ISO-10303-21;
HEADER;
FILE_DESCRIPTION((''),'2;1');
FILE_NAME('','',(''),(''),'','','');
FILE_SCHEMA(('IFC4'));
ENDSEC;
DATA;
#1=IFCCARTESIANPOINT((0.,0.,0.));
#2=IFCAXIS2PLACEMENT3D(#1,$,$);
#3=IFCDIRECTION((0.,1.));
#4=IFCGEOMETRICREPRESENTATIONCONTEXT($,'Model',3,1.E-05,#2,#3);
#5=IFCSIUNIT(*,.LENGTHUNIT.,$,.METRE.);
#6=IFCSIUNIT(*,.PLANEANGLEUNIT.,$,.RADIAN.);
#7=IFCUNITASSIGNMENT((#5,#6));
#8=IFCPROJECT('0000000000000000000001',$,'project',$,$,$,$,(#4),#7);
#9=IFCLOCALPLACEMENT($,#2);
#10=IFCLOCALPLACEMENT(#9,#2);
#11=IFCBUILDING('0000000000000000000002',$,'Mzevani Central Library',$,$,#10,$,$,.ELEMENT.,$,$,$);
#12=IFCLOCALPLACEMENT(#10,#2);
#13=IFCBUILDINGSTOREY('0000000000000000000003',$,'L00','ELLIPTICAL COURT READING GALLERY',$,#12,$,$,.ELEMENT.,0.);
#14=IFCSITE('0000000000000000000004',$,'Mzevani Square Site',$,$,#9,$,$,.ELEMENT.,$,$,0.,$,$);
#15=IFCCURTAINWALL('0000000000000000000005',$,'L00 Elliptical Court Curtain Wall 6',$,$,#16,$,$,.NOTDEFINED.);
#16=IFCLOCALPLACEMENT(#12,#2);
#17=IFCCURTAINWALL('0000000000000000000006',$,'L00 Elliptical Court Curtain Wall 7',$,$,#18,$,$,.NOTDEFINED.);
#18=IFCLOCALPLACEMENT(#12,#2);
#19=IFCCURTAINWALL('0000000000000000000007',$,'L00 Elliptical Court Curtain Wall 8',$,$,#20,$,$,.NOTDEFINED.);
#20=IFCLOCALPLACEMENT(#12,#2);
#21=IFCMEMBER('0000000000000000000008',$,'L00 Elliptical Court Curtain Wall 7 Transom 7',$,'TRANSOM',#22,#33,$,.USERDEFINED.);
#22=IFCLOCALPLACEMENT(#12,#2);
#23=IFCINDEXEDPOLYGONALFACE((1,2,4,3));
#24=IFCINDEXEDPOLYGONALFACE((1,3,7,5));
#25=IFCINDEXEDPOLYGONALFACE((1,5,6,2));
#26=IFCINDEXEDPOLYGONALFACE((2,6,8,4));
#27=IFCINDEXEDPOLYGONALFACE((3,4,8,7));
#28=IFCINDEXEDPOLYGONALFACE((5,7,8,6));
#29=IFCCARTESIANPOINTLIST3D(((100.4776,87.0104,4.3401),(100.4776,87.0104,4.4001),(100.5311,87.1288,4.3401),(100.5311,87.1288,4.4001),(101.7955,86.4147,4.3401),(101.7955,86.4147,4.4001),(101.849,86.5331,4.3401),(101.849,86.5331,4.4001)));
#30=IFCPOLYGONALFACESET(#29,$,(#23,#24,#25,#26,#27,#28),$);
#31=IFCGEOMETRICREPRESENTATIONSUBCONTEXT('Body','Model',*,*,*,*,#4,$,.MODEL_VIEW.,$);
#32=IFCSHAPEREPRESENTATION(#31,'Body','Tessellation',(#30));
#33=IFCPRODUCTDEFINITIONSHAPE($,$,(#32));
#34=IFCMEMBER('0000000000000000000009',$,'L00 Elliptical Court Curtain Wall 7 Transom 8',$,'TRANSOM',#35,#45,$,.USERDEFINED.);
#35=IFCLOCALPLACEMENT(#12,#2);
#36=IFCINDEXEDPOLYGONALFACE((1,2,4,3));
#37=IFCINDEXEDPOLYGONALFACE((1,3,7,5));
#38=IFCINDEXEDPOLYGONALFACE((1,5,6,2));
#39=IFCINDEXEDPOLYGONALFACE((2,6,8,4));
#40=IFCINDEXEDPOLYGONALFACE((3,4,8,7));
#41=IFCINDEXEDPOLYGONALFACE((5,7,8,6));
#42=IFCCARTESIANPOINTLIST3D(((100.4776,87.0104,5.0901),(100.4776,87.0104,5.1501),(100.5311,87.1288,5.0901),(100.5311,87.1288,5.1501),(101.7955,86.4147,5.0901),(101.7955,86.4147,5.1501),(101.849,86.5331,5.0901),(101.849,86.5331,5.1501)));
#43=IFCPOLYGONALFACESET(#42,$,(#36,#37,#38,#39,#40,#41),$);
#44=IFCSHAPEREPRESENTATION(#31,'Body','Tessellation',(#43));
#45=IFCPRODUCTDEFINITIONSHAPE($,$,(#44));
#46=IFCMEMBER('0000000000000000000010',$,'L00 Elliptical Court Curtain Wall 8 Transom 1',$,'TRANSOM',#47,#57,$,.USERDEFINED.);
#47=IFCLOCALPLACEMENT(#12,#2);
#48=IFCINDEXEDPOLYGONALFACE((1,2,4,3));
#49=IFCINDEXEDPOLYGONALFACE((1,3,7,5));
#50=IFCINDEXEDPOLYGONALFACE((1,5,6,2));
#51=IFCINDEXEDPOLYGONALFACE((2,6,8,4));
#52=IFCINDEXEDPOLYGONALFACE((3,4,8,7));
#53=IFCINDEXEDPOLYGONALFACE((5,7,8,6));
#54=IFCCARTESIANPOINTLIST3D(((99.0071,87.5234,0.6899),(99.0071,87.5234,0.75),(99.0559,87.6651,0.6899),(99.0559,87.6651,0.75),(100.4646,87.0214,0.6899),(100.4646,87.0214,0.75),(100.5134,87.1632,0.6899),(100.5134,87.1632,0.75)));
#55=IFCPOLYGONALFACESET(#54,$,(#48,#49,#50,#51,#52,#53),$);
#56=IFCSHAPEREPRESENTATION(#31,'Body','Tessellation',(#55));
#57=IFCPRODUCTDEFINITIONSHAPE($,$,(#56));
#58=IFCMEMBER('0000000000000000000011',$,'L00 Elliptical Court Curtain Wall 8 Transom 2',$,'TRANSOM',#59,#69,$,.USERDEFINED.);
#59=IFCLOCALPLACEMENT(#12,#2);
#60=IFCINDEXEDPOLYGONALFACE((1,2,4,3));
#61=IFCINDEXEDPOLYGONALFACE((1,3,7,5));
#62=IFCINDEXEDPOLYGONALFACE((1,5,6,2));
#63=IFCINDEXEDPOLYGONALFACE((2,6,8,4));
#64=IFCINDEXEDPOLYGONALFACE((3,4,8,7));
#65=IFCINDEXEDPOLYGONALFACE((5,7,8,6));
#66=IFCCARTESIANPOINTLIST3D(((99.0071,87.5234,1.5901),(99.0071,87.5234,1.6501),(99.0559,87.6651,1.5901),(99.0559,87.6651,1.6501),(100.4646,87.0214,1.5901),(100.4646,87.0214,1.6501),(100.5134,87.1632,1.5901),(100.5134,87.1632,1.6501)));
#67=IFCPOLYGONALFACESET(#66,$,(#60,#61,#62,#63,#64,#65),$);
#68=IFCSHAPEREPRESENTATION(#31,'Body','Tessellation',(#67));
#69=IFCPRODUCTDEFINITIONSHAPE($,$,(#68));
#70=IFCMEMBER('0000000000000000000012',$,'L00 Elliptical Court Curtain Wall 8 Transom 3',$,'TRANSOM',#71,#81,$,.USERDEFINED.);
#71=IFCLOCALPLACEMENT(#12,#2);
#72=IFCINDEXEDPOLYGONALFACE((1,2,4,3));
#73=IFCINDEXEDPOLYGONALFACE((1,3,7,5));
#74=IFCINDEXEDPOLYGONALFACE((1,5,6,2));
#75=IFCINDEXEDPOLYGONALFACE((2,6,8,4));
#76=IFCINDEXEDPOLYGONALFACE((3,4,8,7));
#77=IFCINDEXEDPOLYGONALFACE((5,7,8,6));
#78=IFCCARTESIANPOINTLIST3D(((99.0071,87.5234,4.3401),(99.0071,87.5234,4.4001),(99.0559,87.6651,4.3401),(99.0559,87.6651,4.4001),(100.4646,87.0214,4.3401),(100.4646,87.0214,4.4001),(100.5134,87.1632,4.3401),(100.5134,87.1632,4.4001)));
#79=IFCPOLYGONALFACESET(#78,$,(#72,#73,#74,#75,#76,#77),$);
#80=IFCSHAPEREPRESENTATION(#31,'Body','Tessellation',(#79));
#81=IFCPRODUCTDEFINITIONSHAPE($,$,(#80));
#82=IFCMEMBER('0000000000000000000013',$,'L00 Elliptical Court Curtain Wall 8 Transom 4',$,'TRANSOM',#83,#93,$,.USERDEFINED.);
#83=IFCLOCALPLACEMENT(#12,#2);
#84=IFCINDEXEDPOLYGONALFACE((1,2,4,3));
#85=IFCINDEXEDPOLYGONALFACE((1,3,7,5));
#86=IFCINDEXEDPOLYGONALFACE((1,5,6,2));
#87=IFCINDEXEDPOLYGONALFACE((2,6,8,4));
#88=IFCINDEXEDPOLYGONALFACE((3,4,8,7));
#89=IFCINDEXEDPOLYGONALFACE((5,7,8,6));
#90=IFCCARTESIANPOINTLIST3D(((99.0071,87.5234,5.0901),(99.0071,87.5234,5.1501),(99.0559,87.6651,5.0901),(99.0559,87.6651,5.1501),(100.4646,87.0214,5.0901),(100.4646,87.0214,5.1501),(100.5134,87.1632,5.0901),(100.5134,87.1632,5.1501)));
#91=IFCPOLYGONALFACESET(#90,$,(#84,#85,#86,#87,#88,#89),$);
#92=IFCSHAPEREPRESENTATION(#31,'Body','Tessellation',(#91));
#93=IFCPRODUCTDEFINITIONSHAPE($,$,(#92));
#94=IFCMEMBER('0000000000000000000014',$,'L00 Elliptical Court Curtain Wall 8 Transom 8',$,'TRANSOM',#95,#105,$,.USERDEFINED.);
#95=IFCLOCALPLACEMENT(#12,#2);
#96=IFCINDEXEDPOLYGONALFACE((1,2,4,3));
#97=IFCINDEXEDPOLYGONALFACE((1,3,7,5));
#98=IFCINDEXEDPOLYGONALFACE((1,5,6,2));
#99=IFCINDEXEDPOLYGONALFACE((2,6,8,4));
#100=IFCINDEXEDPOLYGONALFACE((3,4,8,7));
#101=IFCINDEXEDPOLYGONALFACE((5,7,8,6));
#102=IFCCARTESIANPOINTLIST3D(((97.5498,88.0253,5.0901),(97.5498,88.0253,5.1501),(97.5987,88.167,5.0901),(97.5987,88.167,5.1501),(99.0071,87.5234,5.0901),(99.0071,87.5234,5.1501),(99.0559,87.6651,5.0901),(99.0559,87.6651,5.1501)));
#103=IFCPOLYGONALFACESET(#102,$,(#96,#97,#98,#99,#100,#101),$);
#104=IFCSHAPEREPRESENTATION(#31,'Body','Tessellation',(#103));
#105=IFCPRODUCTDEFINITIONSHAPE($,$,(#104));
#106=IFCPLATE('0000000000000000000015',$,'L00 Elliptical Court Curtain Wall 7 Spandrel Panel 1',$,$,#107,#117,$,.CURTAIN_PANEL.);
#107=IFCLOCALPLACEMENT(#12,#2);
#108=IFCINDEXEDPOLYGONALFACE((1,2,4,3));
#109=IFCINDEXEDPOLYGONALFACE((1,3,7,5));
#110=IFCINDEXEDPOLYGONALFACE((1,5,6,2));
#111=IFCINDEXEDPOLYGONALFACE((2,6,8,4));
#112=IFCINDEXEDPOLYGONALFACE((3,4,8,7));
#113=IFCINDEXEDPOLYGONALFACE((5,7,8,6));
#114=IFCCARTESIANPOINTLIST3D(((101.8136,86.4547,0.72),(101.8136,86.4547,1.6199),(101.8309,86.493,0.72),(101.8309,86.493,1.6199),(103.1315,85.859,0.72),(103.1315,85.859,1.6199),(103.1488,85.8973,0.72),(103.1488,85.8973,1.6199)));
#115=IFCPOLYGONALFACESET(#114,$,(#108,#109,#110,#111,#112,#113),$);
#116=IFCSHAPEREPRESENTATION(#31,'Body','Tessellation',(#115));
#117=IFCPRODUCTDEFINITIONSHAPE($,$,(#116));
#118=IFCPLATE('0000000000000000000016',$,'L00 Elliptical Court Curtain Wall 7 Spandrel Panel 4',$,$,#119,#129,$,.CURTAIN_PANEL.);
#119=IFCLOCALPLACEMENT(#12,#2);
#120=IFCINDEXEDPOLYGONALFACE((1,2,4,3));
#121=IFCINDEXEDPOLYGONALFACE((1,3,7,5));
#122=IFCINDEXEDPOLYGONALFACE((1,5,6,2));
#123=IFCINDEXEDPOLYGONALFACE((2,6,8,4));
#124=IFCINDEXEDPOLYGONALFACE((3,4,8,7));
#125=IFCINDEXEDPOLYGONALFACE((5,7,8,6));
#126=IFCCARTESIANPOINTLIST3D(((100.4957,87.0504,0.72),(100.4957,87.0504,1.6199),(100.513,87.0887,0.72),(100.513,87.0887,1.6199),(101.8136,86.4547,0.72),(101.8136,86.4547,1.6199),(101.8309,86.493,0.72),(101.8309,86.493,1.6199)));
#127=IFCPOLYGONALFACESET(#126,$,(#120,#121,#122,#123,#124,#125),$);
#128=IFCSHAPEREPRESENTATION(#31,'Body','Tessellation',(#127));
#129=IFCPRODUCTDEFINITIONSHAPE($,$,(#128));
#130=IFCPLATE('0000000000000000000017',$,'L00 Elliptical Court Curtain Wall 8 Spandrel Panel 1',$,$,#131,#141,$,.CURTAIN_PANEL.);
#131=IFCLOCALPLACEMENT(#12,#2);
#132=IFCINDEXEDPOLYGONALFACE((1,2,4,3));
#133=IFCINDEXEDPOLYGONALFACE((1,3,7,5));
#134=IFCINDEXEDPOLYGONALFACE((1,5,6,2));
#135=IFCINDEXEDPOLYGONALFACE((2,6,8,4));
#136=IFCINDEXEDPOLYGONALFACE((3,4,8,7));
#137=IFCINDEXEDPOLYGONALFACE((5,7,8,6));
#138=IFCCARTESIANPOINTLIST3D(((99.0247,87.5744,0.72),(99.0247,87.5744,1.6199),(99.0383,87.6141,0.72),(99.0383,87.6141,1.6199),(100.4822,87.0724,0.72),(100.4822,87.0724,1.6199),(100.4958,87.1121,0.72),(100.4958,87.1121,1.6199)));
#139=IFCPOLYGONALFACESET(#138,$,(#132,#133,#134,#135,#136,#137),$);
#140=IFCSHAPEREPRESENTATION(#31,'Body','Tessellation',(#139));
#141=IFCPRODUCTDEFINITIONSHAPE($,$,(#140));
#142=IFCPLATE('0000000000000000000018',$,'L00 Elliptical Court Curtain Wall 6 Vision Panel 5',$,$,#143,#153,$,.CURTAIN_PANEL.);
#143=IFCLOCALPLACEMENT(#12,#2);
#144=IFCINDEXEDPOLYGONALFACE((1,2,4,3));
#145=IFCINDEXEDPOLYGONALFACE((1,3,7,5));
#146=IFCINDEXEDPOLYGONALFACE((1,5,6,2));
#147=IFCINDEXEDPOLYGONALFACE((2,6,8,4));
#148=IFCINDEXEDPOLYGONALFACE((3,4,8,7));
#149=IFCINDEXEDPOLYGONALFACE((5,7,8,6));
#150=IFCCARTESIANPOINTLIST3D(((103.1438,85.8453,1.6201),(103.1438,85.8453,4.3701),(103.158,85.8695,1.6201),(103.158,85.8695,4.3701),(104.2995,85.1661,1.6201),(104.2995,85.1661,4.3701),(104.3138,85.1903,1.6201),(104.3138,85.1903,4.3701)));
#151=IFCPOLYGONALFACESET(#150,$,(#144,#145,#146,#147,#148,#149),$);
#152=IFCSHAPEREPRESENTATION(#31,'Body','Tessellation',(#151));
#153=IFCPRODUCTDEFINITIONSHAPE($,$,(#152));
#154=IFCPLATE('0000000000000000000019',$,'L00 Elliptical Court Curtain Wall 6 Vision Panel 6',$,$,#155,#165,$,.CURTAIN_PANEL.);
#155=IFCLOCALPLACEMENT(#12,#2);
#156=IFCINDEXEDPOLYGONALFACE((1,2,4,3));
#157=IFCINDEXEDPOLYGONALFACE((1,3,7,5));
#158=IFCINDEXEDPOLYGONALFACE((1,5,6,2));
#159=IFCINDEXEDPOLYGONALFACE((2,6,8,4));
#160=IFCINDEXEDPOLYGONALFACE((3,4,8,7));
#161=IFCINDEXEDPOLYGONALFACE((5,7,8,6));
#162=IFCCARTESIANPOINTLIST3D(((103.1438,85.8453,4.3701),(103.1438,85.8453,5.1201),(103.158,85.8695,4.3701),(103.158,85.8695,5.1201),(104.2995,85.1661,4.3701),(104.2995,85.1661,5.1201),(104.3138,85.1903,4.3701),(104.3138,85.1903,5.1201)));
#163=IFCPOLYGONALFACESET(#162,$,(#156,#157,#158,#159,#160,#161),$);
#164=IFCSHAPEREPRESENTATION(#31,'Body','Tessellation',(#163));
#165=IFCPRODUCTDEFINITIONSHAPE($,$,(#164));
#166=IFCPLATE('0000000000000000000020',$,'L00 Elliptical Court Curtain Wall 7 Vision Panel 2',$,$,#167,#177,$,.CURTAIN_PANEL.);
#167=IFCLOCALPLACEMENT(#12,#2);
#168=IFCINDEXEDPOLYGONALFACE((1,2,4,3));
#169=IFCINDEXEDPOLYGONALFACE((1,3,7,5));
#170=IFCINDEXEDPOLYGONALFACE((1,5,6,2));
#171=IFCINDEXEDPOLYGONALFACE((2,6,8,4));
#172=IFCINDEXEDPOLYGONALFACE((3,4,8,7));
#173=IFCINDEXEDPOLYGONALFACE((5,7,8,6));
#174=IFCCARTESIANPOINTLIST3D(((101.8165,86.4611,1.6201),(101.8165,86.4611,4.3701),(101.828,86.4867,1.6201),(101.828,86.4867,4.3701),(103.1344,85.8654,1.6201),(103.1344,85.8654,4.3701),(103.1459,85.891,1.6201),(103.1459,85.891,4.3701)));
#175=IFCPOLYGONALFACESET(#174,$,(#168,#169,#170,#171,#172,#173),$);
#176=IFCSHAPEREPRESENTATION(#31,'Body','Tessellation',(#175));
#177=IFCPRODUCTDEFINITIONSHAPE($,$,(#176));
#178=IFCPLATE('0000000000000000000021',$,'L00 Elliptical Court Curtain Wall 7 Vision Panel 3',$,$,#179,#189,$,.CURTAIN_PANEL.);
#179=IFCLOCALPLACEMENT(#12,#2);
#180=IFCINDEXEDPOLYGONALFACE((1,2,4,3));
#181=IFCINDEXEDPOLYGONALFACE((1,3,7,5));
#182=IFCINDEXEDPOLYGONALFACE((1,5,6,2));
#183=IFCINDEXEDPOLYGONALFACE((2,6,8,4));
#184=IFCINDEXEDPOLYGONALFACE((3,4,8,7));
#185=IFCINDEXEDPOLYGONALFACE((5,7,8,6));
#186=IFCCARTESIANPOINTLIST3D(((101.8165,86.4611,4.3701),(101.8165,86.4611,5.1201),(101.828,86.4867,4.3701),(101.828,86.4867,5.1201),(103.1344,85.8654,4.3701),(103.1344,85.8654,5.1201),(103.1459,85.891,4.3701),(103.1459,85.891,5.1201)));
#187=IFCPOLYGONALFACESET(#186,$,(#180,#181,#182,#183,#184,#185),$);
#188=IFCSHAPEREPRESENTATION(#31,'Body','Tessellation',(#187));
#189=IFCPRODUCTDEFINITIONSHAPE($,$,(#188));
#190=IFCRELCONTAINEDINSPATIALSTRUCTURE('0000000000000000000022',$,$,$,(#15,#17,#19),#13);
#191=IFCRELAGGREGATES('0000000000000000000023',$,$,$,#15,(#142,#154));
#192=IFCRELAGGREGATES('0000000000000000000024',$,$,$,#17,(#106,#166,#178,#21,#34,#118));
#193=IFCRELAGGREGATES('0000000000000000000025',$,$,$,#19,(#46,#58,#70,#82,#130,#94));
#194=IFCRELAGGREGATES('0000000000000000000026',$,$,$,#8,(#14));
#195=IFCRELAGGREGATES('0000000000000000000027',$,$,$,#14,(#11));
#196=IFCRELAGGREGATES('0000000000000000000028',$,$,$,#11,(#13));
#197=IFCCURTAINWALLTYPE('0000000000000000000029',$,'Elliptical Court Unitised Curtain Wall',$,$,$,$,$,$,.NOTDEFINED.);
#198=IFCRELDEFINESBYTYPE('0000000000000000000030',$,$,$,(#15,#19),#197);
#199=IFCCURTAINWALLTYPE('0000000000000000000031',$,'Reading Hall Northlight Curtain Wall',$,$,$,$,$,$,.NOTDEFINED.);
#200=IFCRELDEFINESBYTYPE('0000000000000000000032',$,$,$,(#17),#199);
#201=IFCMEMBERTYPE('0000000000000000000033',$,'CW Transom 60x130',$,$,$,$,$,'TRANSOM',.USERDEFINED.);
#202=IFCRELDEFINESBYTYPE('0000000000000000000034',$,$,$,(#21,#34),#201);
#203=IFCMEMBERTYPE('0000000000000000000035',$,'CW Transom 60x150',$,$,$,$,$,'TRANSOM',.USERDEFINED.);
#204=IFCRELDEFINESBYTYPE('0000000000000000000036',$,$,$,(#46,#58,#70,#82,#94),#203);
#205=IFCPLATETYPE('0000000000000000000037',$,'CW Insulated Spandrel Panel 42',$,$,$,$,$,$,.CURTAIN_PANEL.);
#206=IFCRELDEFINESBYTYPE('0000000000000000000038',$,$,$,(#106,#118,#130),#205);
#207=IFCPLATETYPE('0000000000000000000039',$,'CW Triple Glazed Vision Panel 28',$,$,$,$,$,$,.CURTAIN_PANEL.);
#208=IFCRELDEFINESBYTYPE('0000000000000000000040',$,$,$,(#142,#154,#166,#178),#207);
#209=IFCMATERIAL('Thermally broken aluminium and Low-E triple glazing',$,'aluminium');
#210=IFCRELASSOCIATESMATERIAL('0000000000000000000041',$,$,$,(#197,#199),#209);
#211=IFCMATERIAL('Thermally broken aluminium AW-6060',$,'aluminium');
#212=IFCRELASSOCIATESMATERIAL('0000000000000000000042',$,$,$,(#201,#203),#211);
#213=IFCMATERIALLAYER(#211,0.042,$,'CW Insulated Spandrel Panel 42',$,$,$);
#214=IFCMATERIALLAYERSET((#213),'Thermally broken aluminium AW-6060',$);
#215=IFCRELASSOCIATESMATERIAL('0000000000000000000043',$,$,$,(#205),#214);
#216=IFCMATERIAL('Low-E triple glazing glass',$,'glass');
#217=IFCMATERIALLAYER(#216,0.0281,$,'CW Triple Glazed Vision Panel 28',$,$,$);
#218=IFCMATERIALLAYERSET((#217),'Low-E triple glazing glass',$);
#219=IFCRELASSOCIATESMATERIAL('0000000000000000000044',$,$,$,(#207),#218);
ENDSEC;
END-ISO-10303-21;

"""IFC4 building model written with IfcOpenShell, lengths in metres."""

from ifc_helpers import new_model, si_unit, direction, frame, origin, origin_2d, place, context, subcontext, project, spatial, rectangle, extrude, material, layer, layer_set, material_profile, profile_set, type_object, element, aggregate, save


model = new_model("IFC4")

# Units and contexts
model_context = context("Model", 3, precision=1e-05, world=origin(), true_north=direction((0.0, 1.0)))
body_context = subcontext(model_context, "Body", "Model", "MODEL_VIEW")
ifc_project = project(units=[si_unit("LENGTHUNIT", "METRE"), si_unit("PLANEANGLEUNIT", "RADIAN")], contexts=[model_context])

# Site, building, storey
site_placement = place(None, origin())
site = spatial("IfcSite", under=ifc_project, at=site_placement, Name="Mzevani Square Site", CompositionType="ELEMENT", RefElevation=0.0)
building_placement = place(site_placement, origin())
building = spatial("IfcBuilding", under=site, at=building_placement, Name="Mzevani Central Library", CompositionType="ELEMENT")
storey_placement = place(building_placement, origin())
storey = spatial("IfcBuildingStorey", under=building, at=storey_placement, Name="L00", Description="ELLIPTICAL COURT READING GALLERY", CompositionType="ELEMENT", Elevation=0.0)

# Curtain wall
ifc_material_1 = material(Name="Thermally broken aluminium and Low-E triple glazing", Category="aluminium")
curtain_wall_type_1 = type_object("IfcCurtainWallType", Name="Elliptical Court Unitised Curtain Wall", PredefinedType="NOTDEFINED", material=ifc_material_1)
curtain_wall_1_placement = place(storey_placement, origin())
curtain_wall_1 = element("IfcCurtainWall", 1, at=curtain_wall_1_placement, inside=storey, type_object=curtain_wall_type_1, Name="L00 Elliptical Court Curtain Wall 6", PredefinedType="NOTDEFINED")
ifc_material_2 = material(Name="Thermally broken aluminium AW-6060", Category="aluminium")

# Curtain wall
curtain_wall_type_2 = type_object("IfcCurtainWallType", Name="Reading Hall Northlight Curtain Wall", PredefinedType="NOTDEFINED", material=ifc_material_1)
curtain_wall_2_placement = place(storey_placement, origin())
curtain_wall_2 = element("IfcCurtainWall", 2, at=curtain_wall_2_placement, inside=storey, type_object=curtain_wall_type_2, Name="L00 Elliptical Court Curtain Wall 7", PredefinedType="NOTDEFINED")

# Curtain wall
curtain_wall_3_placement = place(storey_placement, origin())
curtain_wall_3 = element("IfcCurtainWall", 3, at=curtain_wall_3_placement, inside=storey, type_object=curtain_wall_type_1, Name="L00 Elliptical Court Curtain Wall 8", PredefinedType="NOTDEFINED")

# Members
ifc_material_profile_1 = material_profile(ifc_material_2, rectangle(XDim=0.1299, YDim=0.0601, at=origin_2d()), Name="ALU T60x130")
ifc_profile_set_1 = profile_set([ifc_material_profile_1], Name="Thermally broken aluminium AW-6060")
member_type_1 = type_object("IfcMemberType", Name="CW Transom 60x130", ElementType="TRANSOM", PredefinedType="USERDEFINED", material=ifc_profile_set_1)
member_1_placement = place(storey_placement, frame((101.8223, 86.4739, 4.3701), z_axis=(-0.911232, 0.411894, 0.0), x_axis=(-0.411894, -0.911232, 0.0)))
member_1 = element("IfcMember", 4, at=member_1_placement, type_object=member_type_1, Name="L00 Elliptical Court Curtain Wall 7 Transom 7", ObjectType="TRANSOM", PredefinedType="USERDEFINED", context=body_context, shape_type="SweptSolid", body=[
    extrude(rectangle(XDim=0.1299, YDim=0.0601, at=origin_2d()), origin(), (0.0, 0.0, 1.0), 1.4463),
])
member_2_placement = place(storey_placement, frame((101.8223, 86.4739, 5.1201), z_axis=(-0.911232, 0.411894, 0.0), x_axis=(-0.411894, -0.911232, 0.0)))
member_2 = element("IfcMember", 5, at=member_2_placement, type_object=member_type_1, Name="L00 Elliptical Court Curtain Wall 7 Transom 8", ObjectType="TRANSOM", PredefinedType="USERDEFINED", context=body_context, shape_type="SweptSolid", body=[
    extrude(rectangle(XDim=0.1299, YDim=0.0601, at=origin_2d()), origin(), (0.0, 0.0, 1.0), 1.4463),
])
ifc_material_profile_2 = material_profile(ifc_material_2, rectangle(XDim=0.1499, YDim=0.0601, at=origin_2d()), Name="ALU T60x150")
ifc_profile_set_2 = profile_set([ifc_material_profile_2], Name="Thermally broken aluminium AW-6060")
member_type_2 = type_object("IfcMemberType", Name="CW Transom 60x150", ElementType="TRANSOM", PredefinedType="USERDEFINED", material=ifc_profile_set_2)
member_3_placement = place(storey_placement, frame((100.489, 87.0923, 0.72), z_axis=(-0.945501, 0.32562, 0.0), x_axis=(-0.32562, -0.945501, 0.0)))
member_3 = element("IfcMember", 6, at=member_3_placement, type_object=member_type_2, Name="L00 Elliptical Court Curtain Wall 8 Transom 1", ObjectType="TRANSOM", PredefinedType="USERDEFINED", context=body_context, shape_type="SweptSolid", body=[
    extrude(rectangle(XDim=0.1499, YDim=0.0601, at=origin_2d()), origin(), (0.0, 0.0, 1.0), 1.5415),
])
member_4_placement = place(storey_placement, frame((100.489, 87.0923, 1.6201), z_axis=(-0.945501, 0.32562, 0.0), x_axis=(-0.32562, -0.945501, 0.0)))
member_4 = element("IfcMember", 7, at=member_4_placement, type_object=member_type_2, Name="L00 Elliptical Court Curtain Wall 8 Transom 2", ObjectType="TRANSOM", PredefinedType="USERDEFINED", context=body_context, shape_type="SweptSolid", body=[
    extrude(rectangle(XDim=0.1499, YDim=0.0601, at=origin_2d()), origin(), (0.0, 0.0, 1.0), 1.5415),
])
member_5_placement = place(storey_placement, frame((100.489, 87.0923, 4.3701), z_axis=(-0.945501, 0.32562, 0.0), x_axis=(-0.32562, -0.945501, 0.0)))
member_5 = element("IfcMember", 8, at=member_5_placement, type_object=member_type_2, Name="L00 Elliptical Court Curtain Wall 8 Transom 3", ObjectType="TRANSOM", PredefinedType="USERDEFINED", context=body_context, shape_type="SweptSolid", body=[
    extrude(rectangle(XDim=0.1499, YDim=0.0601, at=origin_2d()), origin(), (0.0, 0.0, 1.0), 1.5415),
])
member_6_placement = place(storey_placement, frame((100.489, 87.0923, 5.1201), z_axis=(-0.945501, 0.32562, 0.0), x_axis=(-0.32562, -0.945501, 0.0)))
member_6 = element("IfcMember", 9, at=member_6_placement, type_object=member_type_2, Name="L00 Elliptical Court Curtain Wall 8 Transom 4", ObjectType="TRANSOM", PredefinedType="USERDEFINED", context=body_context, shape_type="SweptSolid", body=[
    extrude(rectangle(XDim=0.1499, YDim=0.0601, at=origin_2d()), origin(), (0.0, 0.0, 1.0), 1.5415),
])
member_7_placement = place(storey_placement, frame((99.0315, 87.5942, 5.1201), z_axis=(-0.945484, 0.325668, 0.0), x_axis=(-0.325668, -0.945484, 0.0)))
member_7 = element("IfcMember", 10, at=member_7_placement, type_object=member_type_2, Name="L00 Elliptical Court Curtain Wall 8 Transom 8", ObjectType="TRANSOM", PredefinedType="USERDEFINED", context=body_context, shape_type="SweptSolid", body=[
    extrude(rectangle(XDim=0.1499, YDim=0.0601, at=origin_2d()), origin(), (0.0, 0.0, 1.0), 1.5413),
])

# Plates
ifc_layer_1 = layer(ifc_material_2, 0.042, Name="CW Insulated Spandrel Panel 42")
ifc_layer_set_1 = layer_set([ifc_layer_1], Name="Thermally broken aluminium AW-6060")
plate_type_1 = type_object("IfcPlateType", Name="CW Insulated Spandrel Panel 42", PredefinedType="CURTAIN_PANEL", material=ifc_layer_set_1)
plate_1_placement = place(storey_placement, frame((102.4812, 86.176, 0.72), z_axis=(0.0, 0.0, 1.0), x_axis=(-0.911237, 0.411882, 0.0)))
plate_1 = element("IfcPlate", 11, at=plate_1_placement, type_object=plate_type_1, Name="L00 Elliptical Court Curtain Wall 7 Spandrel Panel 1", PredefinedType="CURTAIN_PANEL", context=body_context, shape_type="SweptSolid", body=[
    extrude(rectangle(XDim=1.4463, YDim=0.042, at=origin_2d()), origin(), (0.0, 0.0, 1.0), 0.8999),
])
plate_2_placement = place(storey_placement, frame((101.1633, 86.7717, 0.72), z_axis=(0.0, 0.0, 1.0), x_axis=(-0.911237, 0.411882, 0.0)))
plate_2 = element("IfcPlate", 12, at=plate_2_placement, type_object=plate_type_1, Name="L00 Elliptical Court Curtain Wall 7 Spandrel Panel 4", PredefinedType="CURTAIN_PANEL", context=body_context, shape_type="SweptSolid", body=[
    extrude(rectangle(XDim=1.4463, YDim=0.042, at=origin_2d()), origin(), (0.0, 0.0, 1.0), 0.8999),
])
plate_3_placement = place(storey_placement, frame((99.7603, 87.3433, 0.72), z_axis=(0.0, 0.0, 1.0), x_axis=(-0.945503, 0.325613, 0.0)))
plate_3 = element("IfcPlate", 13, at=plate_3_placement, type_object=plate_type_1, Name="L00 Elliptical Court Curtain Wall 8 Spandrel Panel 1", PredefinedType="CURTAIN_PANEL", context=body_context, shape_type="SweptSolid", body=[
    extrude(rectangle(XDim=1.5415, YDim=0.042, at=origin_2d()), origin(), (0.0, 0.0, 1.0), 0.8999),
])
ifc_material_3 = material(Name="Low-E triple glazing glass", Category="glass")
ifc_layer_2 = layer(ifc_material_3, 0.0281, Name="CW Triple Glazed Vision Panel 28")
ifc_layer_set_2 = layer_set([ifc_layer_2], Name="Low-E triple glazing glass")
plate_type_2 = type_object("IfcPlateType", Name="CW Triple Glazed Vision Panel 28", PredefinedType="CURTAIN_PANEL", material=ifc_layer_set_2)
plate_4_placement = place(storey_placement, frame((103.7288, 85.5178, 1.6201), z_axis=(0.0, 0.0, 1.0), x_axis=(-0.862137, 0.506675, 0.0)))
plate_4 = element("IfcPlate", 14, at=plate_4_placement, type_object=plate_type_2, Name="L00 Elliptical Court Curtain Wall 6 Vision Panel 5", PredefinedType="CURTAIN_PANEL", context=body_context, shape_type="SweptSolid", body=[
    extrude(rectangle(XDim=1.3406, YDim=0.0281, at=origin_2d()), origin(), (0.0, 0.0, 1.0), 2.75),
])
plate_5_placement = place(storey_placement, frame((103.7288, 85.5178, 4.3701), z_axis=(0.0, 0.0, 1.0), x_axis=(-0.862137, 0.506675, 0.0)))
plate_5 = element("IfcPlate", 15, at=plate_5_placement, type_object=plate_type_2, Name="L00 Elliptical Court Curtain Wall 6 Vision Panel 6", PredefinedType="CURTAIN_PANEL", context=body_context, shape_type="SweptSolid", body=[
    extrude(rectangle(XDim=1.3406, YDim=0.0281, at=origin_2d()), origin(), (0.0, 0.0, 1.0), 0.75),
])
aggregate(curtain_wall_1, [plate_4, plate_5])
plate_6_placement = place(storey_placement, frame((102.4812, 86.176, 1.6201), z_axis=(0.0, 0.0, 1.0), x_axis=(-0.911237, 0.411882, 0.0)))
plate_6 = element("IfcPlate", 16, at=plate_6_placement, type_object=plate_type_2, Name="L00 Elliptical Court Curtain Wall 7 Vision Panel 2", PredefinedType="CURTAIN_PANEL", context=body_context, shape_type="SweptSolid", body=[
    extrude(rectangle(XDim=1.4463, YDim=0.0281, at=origin_2d()), origin(), (0.0, 0.0, 1.0), 2.75),
])
plate_7_placement = place(storey_placement, frame((102.4812, 86.176, 4.3701), z_axis=(0.0, 0.0, 1.0), x_axis=(-0.911237, 0.411882, 0.0)))
plate_7 = element("IfcPlate", 17, at=plate_7_placement, type_object=plate_type_2, Name="L00 Elliptical Court Curtain Wall 7 Vision Panel 3", PredefinedType="CURTAIN_PANEL", context=body_context, shape_type="SweptSolid", body=[
    extrude(rectangle(XDim=1.4463, YDim=0.0281, at=origin_2d()), origin(), (0.0, 0.0, 1.0), 0.75),
])
aggregate(curtain_wall_2, [plate_1, plate_6, plate_7, member_1, member_2, plate_2])
aggregate(curtain_wall_3, [member_3, member_4, member_5, member_6, plate_3, member_7])

save(model, "model.ifc")
